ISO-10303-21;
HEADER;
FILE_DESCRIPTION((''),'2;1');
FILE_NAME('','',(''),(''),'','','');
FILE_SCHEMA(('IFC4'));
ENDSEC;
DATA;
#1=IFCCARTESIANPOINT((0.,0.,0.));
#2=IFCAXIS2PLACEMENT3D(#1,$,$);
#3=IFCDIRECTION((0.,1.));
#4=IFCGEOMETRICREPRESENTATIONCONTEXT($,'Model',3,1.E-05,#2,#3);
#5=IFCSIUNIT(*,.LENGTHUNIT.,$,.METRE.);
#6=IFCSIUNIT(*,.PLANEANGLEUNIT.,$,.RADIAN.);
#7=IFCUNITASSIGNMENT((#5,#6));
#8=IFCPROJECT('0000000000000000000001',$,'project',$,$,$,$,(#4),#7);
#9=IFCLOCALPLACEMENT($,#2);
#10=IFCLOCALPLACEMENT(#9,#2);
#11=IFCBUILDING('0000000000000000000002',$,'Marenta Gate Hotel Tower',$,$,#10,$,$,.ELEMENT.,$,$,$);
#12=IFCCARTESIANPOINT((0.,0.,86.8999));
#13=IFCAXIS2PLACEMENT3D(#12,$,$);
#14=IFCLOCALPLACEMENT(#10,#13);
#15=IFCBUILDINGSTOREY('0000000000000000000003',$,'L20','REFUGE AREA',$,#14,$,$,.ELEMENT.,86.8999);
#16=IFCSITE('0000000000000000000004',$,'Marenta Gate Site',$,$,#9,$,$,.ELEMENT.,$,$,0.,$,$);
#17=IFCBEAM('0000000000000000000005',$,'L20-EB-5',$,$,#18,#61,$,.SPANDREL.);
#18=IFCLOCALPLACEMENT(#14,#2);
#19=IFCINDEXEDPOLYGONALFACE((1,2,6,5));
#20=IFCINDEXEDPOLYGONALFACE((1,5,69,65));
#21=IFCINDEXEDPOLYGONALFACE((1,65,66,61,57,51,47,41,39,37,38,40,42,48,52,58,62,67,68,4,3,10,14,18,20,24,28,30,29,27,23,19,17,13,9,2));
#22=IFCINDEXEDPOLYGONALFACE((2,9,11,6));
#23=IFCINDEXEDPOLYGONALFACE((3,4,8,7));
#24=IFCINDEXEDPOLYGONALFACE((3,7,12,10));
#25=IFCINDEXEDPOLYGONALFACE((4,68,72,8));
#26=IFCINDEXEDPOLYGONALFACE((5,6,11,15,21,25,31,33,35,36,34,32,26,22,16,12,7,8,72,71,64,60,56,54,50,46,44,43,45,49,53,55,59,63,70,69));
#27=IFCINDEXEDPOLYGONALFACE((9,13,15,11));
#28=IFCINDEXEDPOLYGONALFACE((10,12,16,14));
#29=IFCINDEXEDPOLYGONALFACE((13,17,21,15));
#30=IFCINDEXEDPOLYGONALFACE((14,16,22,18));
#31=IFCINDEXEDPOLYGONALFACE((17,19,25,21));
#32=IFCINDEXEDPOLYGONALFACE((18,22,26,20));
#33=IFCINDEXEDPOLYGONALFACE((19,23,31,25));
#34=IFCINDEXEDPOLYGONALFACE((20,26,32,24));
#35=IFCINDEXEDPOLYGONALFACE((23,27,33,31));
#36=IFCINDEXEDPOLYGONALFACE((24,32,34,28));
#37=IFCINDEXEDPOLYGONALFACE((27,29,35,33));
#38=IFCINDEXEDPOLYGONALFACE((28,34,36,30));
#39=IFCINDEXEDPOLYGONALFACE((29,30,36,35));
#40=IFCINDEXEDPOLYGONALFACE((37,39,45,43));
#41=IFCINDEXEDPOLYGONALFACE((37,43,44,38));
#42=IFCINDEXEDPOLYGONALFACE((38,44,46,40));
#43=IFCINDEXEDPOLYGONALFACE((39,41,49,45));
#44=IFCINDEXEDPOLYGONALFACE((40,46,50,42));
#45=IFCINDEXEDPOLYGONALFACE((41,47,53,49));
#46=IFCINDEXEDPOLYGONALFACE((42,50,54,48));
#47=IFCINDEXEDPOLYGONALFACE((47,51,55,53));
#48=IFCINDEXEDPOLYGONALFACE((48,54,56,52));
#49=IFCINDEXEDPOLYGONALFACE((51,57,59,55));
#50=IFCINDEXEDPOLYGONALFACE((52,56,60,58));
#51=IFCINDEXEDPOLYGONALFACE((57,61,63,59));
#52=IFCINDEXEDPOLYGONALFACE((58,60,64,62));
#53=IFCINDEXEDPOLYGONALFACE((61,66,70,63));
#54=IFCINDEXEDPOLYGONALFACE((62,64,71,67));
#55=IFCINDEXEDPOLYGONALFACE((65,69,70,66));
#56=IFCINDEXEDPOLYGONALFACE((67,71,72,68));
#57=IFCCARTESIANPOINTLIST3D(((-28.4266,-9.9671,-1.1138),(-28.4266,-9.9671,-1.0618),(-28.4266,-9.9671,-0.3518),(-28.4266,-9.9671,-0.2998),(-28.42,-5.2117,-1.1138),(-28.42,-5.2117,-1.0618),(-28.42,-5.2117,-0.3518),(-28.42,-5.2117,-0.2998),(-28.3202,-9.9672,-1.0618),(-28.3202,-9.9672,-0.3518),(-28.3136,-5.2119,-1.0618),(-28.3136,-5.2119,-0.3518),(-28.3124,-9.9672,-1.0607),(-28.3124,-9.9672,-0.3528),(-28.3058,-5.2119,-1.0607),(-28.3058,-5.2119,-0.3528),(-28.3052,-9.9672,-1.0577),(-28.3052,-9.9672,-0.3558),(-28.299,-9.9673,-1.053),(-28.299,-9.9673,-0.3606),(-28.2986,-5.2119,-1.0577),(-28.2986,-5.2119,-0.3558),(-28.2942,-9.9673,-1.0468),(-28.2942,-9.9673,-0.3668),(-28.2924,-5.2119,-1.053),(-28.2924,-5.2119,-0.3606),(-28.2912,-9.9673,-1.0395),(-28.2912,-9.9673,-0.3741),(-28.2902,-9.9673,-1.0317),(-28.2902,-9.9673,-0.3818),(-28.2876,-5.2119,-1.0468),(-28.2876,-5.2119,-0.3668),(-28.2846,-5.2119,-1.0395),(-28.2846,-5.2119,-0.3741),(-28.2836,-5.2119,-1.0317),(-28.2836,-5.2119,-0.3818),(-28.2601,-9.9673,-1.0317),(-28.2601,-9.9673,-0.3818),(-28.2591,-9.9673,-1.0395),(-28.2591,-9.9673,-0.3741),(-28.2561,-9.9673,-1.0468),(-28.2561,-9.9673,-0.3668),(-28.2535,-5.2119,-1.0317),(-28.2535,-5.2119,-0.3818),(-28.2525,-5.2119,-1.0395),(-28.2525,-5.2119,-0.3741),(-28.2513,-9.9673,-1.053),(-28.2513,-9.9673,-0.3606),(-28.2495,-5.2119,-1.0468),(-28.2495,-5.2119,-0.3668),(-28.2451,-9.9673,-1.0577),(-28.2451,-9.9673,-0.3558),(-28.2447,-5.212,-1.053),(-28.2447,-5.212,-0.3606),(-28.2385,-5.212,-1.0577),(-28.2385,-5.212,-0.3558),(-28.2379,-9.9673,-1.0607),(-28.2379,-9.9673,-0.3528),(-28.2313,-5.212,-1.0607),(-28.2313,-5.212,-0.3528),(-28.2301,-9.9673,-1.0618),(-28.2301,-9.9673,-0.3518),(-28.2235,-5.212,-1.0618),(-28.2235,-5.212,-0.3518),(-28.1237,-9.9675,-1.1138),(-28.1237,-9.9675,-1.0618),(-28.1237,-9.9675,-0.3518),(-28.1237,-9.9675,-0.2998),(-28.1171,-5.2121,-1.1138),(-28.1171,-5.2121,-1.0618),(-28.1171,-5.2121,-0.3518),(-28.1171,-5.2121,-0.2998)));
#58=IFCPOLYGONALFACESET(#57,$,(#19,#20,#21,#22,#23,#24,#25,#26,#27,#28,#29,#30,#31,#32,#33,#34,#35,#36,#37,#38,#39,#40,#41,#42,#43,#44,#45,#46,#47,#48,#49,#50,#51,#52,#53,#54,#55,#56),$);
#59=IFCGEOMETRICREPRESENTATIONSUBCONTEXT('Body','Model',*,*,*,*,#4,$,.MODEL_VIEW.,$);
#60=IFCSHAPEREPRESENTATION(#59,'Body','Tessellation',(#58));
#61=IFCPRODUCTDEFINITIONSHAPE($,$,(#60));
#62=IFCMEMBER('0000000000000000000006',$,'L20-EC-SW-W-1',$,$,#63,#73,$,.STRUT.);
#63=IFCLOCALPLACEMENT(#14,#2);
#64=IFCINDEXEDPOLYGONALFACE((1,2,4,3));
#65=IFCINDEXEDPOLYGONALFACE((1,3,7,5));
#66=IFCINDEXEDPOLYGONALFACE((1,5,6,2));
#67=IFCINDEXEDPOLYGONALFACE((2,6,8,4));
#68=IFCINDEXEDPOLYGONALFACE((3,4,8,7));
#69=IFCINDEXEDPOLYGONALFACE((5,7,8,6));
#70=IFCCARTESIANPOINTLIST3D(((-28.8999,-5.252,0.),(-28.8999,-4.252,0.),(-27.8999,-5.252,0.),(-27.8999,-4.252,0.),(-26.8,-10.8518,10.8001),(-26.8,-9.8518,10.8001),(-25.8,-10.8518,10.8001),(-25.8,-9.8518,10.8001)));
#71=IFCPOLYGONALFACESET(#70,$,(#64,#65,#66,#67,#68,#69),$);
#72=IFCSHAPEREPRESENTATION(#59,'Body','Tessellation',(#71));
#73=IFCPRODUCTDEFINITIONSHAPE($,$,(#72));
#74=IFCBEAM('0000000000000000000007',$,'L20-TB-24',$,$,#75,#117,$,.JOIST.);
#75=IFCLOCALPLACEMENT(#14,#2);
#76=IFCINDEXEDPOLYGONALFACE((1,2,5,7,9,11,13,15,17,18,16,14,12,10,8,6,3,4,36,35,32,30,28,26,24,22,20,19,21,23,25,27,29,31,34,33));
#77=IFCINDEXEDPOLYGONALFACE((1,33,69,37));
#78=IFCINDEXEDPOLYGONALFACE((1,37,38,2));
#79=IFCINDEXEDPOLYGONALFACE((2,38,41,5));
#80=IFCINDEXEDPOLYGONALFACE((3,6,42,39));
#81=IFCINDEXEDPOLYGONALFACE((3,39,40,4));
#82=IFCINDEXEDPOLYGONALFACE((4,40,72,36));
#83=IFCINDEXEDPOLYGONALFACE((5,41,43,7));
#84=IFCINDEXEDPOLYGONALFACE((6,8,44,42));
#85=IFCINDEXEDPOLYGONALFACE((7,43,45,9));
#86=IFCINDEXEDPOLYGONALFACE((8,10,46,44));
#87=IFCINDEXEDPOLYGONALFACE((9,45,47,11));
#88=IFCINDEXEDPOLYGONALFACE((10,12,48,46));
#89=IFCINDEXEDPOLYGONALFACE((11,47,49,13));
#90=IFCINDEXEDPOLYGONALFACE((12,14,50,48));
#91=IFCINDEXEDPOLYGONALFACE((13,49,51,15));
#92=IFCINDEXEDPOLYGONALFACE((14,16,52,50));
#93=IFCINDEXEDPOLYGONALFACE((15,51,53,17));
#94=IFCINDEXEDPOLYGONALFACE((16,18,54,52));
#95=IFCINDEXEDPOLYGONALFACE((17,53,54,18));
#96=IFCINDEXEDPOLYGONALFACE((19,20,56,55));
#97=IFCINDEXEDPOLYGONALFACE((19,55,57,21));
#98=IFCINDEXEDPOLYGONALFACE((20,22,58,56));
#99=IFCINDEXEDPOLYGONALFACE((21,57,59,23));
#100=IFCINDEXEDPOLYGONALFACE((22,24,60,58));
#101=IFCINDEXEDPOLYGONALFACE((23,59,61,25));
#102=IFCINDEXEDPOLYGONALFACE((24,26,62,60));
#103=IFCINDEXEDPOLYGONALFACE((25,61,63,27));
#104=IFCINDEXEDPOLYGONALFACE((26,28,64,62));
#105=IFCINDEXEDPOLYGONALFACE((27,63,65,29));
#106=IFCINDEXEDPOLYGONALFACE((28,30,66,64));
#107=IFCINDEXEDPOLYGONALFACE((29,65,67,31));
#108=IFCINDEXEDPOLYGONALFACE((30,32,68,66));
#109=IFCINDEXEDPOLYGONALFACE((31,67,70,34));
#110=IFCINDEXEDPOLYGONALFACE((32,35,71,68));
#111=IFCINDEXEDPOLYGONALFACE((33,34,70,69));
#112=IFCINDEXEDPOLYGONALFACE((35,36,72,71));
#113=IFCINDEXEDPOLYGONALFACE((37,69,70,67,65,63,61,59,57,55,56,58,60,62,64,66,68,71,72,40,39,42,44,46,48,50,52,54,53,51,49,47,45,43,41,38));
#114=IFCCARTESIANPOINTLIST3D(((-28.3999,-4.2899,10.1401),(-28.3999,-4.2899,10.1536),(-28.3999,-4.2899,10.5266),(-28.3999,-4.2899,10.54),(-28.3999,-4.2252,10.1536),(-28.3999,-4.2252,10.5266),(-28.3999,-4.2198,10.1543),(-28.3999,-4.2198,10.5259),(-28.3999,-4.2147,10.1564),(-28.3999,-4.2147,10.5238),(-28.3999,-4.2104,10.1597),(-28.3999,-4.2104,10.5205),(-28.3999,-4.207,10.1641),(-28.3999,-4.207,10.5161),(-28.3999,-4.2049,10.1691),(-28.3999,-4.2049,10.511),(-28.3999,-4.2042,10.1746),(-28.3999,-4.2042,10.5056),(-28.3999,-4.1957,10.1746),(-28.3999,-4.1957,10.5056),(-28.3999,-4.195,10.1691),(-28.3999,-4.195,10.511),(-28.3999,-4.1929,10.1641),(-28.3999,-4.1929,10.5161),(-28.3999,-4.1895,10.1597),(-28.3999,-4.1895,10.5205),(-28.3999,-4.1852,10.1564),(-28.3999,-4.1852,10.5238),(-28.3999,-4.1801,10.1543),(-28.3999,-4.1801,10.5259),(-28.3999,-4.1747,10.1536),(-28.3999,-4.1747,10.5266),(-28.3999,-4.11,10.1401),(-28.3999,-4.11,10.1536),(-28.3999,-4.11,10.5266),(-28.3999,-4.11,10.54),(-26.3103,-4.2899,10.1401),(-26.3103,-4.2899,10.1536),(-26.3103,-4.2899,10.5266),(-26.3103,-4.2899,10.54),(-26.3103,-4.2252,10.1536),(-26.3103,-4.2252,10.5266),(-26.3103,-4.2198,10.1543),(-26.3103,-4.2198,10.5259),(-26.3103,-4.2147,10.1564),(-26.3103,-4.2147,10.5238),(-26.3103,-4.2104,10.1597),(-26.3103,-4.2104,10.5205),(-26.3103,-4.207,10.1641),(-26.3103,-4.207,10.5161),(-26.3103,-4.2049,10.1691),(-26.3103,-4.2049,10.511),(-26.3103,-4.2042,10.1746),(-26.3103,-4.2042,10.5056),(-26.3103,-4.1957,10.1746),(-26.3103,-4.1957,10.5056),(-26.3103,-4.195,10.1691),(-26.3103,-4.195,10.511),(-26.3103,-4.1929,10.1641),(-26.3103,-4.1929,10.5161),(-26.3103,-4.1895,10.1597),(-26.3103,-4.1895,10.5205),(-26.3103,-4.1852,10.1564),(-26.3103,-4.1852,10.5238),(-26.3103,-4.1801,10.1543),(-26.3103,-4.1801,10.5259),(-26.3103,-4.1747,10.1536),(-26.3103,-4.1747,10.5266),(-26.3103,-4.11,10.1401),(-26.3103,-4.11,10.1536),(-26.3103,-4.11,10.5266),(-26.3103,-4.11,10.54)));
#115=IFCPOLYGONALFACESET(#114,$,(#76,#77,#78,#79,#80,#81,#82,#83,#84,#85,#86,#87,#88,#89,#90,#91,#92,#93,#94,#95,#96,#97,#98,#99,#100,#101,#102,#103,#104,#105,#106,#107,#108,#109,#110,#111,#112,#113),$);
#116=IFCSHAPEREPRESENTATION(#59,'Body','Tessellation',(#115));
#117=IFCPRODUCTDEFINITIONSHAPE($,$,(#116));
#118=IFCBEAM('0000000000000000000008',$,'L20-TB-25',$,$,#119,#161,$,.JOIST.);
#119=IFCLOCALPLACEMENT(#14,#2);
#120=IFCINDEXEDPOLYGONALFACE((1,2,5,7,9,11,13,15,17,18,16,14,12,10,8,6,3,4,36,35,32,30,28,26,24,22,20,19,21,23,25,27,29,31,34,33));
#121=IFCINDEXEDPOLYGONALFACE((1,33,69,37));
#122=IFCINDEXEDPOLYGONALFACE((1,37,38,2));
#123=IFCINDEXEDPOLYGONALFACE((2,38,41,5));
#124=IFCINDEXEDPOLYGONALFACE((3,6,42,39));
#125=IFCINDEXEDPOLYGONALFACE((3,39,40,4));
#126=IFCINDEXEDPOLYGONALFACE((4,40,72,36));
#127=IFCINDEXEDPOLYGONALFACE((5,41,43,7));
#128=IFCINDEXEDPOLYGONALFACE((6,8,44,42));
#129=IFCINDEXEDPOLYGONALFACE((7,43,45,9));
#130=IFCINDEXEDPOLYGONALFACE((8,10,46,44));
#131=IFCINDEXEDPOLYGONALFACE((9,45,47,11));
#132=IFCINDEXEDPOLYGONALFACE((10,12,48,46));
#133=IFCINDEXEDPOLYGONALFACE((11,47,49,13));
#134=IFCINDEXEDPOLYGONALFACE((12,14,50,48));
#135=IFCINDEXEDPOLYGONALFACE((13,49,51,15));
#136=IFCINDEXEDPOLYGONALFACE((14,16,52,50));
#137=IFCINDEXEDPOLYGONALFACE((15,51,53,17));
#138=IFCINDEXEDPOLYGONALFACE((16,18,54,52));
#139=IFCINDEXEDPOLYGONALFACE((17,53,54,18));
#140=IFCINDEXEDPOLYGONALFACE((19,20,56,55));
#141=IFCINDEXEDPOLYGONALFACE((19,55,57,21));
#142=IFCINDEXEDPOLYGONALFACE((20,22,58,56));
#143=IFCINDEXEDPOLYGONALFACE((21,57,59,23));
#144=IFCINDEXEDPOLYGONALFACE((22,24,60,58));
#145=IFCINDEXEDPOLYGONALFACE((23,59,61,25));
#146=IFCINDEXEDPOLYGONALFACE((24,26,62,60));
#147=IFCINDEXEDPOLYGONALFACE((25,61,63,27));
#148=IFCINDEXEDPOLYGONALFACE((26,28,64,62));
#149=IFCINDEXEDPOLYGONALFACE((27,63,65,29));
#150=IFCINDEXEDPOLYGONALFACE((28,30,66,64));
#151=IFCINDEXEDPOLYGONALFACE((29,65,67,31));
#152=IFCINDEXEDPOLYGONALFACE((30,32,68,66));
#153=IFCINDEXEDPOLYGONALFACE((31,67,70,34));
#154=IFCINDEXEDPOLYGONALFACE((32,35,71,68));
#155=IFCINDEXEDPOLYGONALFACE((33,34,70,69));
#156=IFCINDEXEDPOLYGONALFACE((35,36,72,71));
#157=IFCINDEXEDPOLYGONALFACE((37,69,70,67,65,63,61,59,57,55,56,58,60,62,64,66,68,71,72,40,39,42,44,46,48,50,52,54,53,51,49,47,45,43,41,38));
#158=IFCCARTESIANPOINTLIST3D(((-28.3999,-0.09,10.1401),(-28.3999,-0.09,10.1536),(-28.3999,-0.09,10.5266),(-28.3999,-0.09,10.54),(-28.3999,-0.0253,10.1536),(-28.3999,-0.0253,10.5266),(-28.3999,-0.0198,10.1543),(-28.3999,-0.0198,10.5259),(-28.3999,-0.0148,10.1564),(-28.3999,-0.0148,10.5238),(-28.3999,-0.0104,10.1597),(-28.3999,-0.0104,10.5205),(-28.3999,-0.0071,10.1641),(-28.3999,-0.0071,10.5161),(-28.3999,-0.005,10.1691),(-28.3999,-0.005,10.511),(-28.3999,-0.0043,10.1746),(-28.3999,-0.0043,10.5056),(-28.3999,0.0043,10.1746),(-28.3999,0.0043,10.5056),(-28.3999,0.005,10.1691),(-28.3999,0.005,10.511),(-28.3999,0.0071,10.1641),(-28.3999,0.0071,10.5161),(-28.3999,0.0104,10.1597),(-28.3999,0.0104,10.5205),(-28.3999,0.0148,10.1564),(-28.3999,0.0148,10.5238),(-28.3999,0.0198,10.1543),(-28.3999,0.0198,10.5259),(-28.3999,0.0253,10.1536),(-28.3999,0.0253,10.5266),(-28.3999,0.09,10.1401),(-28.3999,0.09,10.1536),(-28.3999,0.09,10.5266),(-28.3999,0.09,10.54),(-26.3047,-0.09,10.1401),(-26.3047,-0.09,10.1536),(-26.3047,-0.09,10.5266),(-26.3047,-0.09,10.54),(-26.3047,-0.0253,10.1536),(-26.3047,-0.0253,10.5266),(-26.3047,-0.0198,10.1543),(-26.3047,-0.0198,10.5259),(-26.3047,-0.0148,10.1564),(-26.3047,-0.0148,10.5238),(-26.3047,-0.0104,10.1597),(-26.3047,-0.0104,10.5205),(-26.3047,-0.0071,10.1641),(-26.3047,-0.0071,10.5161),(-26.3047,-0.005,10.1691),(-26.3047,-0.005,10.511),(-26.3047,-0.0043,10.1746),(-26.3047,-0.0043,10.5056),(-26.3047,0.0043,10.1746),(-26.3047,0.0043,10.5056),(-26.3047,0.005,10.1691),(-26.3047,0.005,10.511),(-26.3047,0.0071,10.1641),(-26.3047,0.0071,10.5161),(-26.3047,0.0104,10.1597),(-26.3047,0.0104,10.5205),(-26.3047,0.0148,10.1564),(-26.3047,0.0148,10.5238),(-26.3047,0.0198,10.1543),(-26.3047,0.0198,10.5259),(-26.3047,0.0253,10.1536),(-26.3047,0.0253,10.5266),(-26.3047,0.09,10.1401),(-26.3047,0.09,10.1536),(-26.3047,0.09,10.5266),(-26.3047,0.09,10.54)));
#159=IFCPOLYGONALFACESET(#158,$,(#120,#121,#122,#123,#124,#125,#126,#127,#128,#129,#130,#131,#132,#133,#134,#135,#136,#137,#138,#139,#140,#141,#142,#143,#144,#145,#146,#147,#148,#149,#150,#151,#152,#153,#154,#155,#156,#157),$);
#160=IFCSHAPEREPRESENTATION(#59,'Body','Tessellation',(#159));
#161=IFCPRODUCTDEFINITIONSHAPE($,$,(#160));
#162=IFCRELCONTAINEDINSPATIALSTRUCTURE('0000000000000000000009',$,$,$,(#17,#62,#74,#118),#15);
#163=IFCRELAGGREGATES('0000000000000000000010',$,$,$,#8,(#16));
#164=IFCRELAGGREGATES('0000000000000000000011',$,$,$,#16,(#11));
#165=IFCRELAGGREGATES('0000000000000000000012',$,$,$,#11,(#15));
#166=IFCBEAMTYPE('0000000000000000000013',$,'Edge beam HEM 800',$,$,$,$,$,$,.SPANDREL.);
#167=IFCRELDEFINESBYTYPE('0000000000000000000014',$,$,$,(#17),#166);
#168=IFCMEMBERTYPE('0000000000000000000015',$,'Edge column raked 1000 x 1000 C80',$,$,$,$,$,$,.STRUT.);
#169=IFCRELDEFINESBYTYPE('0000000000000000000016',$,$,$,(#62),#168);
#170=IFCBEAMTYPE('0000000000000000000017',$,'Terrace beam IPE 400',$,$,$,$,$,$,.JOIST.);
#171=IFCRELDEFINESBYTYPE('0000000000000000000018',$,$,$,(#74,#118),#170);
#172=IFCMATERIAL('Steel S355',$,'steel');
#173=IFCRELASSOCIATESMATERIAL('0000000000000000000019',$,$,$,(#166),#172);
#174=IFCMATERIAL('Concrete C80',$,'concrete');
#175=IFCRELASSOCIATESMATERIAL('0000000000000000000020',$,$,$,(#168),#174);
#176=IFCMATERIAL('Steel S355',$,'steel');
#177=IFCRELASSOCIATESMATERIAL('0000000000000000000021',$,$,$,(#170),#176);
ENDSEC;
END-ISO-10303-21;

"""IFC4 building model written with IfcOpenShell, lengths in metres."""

from ifc_helpers import new_model, si_unit, direction, frame, origin, origin_2d, place, context, subcontext, project, spatial, rectangle, i_section, extrude, material, material_profile, profile_set, type_object, element, save


model = new_model("IFC4")

# Units and contexts
model_context = context("Model", 3, precision=1e-05, world=origin(), true_north=direction((0.0, 1.0)))
body_context = subcontext(model_context, "Body", "Model", "MODEL_VIEW")
ifc_project = project(units=[si_unit("LENGTHUNIT", "METRE"), si_unit("PLANEANGLEUNIT", "RADIAN")], contexts=[model_context])

# Site, building, storey
site_placement = place(None, origin())
site = spatial("IfcSite", under=ifc_project, at=site_placement, Name="Marenta Gate Site", CompositionType="ELEMENT", RefElevation=0.0)
building_placement = place(site_placement, origin())
building = spatial("IfcBuilding", under=site, at=building_placement, Name="Marenta Gate Hotel Tower", CompositionType="ELEMENT")
storey_placement = place(building_placement, frame((0.0, 0.0, 86.8999)))
storey = spatial("IfcBuildingStorey", under=building, at=storey_placement, Name="L20", Description="REFUGE AREA", CompositionType="ELEMENT", Elevation=86.8999)

# Beam
ifc_material_1 = material(Name="Steel S355", Category="steel")
ifc_material_profile_1 = material_profile(ifc_material_1, i_section(OverallWidth=0.303, OverallDepth=0.814, WebThickness=0.03, FlangeThickness=0.052, FilletRadius=0.03, at=origin_2d()), Name="HEM 800")
ifc_profile_set_1 = profile_set([ifc_material_profile_1], Name="Steel S355")
beam_type_1 = type_object("IfcBeamType", Name="Edge beam HEM 800", PredefinedType="SPANDREL", material=ifc_profile_set_1)
beam_1_placement = place(storey_placement, frame((-28.2751, -9.9673, -0.7068), z_axis=(0.001386, 0.999999, 0.0), x_axis=(-0.999999, 0.001386, 0.0)))
element("IfcBeam", 1, at=beam_1_placement, inside=storey, type_object=beam_type_1, Name="L20-EB-5", PredefinedType="SPANDREL", context=body_context, shape_type="SweptSolid", body=[
    extrude(i_section(OverallWidth=0.303, OverallDepth=0.814, WebThickness=0.03, FlangeThickness=0.052, FilletRadius=0.03, at=origin_2d()), origin(), (0.0, 0.0, 1.0), 4.7554),
])

# Member
ifc_material_2 = material(Name="Concrete C80", Category="concrete")
ifc_material_profile_2 = material_profile(ifc_material_2, rectangle(XDim=1.0, YDim=1.0, at=origin_2d()), Name="1000 x 1000")
ifc_profile_set_2 = profile_set([ifc_material_profile_2], Name="Concrete C80")
member_type_1 = type_object("IfcMemberType", Name="Edge column raked 1000 x 1000 C80", PredefinedType="STRUT", material=ifc_profile_set_2)
member_1_placement = place(storey_placement, frame((-28.3999, -4.752, 0.0), z_axis=(0.0, 0.0, 1.0), x_axis=(1.0, 0.0, 0.0)))
element("IfcMember", 2, at=member_1_placement, inside=storey, type_object=member_type_1, Name="L20-EC-SW-W-1", PredefinedType="STRUT", context=body_context, shape_type="SweptSolid", body=[
    extrude(rectangle(XDim=1.0, YDim=1.0, at=origin_2d()), origin(), (0.170092, -0.453599, 0.874824), 12.3455),
])

# Beams
ifc_material_3 = material(Name="Steel S355", Category="steel")
ifc_material_profile_3 = material_profile(ifc_material_3, i_section(OverallWidth=0.1799, OverallDepth=0.3999, WebThickness=0.0085, FlangeThickness=0.0134, FilletRadius=0.021, at=origin_2d()), Name="IPE 400")
ifc_profile_set_3 = profile_set([ifc_material_profile_3], Name="Steel S355")
beam_type_2 = type_object("IfcBeamType", Name="Terrace beam IPE 400", PredefinedType="JOIST", material=ifc_profile_set_3)
beam_2_placement = place(storey_placement, frame((-28.3999, -4.2, 10.3401), z_axis=(1.0, 0.0, 0.0), x_axis=(0.0, 1.0, 0.0)))
element("IfcBeam", 3, at=beam_2_placement, inside=storey, type_object=beam_type_2, Name="L20-TB-24", PredefinedType="JOIST", context=body_context, shape_type="SweptSolid", body=[
    extrude(i_section(OverallWidth=0.1799, OverallDepth=0.3999, WebThickness=0.0085, FlangeThickness=0.0134, FilletRadius=0.021, at=origin_2d()), origin(), (0.0, 0.0, 1.0), 2.0896),
])
beam_3_placement = place(storey_placement, frame((-28.3999, 0.0, 10.3401), z_axis=(1.0, 0.0, 0.0), x_axis=(0.0, 1.0, 0.0)))
element("IfcBeam", 4, at=beam_3_placement, inside=storey, type_object=beam_type_2, Name="L20-TB-25", PredefinedType="JOIST", context=body_context, shape_type="SweptSolid", body=[
    extrude(i_section(OverallWidth=0.1799, OverallDepth=0.3999, WebThickness=0.0085, FlangeThickness=0.0134, FilletRadius=0.021, at=origin_2d()), origin(), (0.0, 0.0, 1.0), 2.0952),
])

save(model, "model.ifc")
